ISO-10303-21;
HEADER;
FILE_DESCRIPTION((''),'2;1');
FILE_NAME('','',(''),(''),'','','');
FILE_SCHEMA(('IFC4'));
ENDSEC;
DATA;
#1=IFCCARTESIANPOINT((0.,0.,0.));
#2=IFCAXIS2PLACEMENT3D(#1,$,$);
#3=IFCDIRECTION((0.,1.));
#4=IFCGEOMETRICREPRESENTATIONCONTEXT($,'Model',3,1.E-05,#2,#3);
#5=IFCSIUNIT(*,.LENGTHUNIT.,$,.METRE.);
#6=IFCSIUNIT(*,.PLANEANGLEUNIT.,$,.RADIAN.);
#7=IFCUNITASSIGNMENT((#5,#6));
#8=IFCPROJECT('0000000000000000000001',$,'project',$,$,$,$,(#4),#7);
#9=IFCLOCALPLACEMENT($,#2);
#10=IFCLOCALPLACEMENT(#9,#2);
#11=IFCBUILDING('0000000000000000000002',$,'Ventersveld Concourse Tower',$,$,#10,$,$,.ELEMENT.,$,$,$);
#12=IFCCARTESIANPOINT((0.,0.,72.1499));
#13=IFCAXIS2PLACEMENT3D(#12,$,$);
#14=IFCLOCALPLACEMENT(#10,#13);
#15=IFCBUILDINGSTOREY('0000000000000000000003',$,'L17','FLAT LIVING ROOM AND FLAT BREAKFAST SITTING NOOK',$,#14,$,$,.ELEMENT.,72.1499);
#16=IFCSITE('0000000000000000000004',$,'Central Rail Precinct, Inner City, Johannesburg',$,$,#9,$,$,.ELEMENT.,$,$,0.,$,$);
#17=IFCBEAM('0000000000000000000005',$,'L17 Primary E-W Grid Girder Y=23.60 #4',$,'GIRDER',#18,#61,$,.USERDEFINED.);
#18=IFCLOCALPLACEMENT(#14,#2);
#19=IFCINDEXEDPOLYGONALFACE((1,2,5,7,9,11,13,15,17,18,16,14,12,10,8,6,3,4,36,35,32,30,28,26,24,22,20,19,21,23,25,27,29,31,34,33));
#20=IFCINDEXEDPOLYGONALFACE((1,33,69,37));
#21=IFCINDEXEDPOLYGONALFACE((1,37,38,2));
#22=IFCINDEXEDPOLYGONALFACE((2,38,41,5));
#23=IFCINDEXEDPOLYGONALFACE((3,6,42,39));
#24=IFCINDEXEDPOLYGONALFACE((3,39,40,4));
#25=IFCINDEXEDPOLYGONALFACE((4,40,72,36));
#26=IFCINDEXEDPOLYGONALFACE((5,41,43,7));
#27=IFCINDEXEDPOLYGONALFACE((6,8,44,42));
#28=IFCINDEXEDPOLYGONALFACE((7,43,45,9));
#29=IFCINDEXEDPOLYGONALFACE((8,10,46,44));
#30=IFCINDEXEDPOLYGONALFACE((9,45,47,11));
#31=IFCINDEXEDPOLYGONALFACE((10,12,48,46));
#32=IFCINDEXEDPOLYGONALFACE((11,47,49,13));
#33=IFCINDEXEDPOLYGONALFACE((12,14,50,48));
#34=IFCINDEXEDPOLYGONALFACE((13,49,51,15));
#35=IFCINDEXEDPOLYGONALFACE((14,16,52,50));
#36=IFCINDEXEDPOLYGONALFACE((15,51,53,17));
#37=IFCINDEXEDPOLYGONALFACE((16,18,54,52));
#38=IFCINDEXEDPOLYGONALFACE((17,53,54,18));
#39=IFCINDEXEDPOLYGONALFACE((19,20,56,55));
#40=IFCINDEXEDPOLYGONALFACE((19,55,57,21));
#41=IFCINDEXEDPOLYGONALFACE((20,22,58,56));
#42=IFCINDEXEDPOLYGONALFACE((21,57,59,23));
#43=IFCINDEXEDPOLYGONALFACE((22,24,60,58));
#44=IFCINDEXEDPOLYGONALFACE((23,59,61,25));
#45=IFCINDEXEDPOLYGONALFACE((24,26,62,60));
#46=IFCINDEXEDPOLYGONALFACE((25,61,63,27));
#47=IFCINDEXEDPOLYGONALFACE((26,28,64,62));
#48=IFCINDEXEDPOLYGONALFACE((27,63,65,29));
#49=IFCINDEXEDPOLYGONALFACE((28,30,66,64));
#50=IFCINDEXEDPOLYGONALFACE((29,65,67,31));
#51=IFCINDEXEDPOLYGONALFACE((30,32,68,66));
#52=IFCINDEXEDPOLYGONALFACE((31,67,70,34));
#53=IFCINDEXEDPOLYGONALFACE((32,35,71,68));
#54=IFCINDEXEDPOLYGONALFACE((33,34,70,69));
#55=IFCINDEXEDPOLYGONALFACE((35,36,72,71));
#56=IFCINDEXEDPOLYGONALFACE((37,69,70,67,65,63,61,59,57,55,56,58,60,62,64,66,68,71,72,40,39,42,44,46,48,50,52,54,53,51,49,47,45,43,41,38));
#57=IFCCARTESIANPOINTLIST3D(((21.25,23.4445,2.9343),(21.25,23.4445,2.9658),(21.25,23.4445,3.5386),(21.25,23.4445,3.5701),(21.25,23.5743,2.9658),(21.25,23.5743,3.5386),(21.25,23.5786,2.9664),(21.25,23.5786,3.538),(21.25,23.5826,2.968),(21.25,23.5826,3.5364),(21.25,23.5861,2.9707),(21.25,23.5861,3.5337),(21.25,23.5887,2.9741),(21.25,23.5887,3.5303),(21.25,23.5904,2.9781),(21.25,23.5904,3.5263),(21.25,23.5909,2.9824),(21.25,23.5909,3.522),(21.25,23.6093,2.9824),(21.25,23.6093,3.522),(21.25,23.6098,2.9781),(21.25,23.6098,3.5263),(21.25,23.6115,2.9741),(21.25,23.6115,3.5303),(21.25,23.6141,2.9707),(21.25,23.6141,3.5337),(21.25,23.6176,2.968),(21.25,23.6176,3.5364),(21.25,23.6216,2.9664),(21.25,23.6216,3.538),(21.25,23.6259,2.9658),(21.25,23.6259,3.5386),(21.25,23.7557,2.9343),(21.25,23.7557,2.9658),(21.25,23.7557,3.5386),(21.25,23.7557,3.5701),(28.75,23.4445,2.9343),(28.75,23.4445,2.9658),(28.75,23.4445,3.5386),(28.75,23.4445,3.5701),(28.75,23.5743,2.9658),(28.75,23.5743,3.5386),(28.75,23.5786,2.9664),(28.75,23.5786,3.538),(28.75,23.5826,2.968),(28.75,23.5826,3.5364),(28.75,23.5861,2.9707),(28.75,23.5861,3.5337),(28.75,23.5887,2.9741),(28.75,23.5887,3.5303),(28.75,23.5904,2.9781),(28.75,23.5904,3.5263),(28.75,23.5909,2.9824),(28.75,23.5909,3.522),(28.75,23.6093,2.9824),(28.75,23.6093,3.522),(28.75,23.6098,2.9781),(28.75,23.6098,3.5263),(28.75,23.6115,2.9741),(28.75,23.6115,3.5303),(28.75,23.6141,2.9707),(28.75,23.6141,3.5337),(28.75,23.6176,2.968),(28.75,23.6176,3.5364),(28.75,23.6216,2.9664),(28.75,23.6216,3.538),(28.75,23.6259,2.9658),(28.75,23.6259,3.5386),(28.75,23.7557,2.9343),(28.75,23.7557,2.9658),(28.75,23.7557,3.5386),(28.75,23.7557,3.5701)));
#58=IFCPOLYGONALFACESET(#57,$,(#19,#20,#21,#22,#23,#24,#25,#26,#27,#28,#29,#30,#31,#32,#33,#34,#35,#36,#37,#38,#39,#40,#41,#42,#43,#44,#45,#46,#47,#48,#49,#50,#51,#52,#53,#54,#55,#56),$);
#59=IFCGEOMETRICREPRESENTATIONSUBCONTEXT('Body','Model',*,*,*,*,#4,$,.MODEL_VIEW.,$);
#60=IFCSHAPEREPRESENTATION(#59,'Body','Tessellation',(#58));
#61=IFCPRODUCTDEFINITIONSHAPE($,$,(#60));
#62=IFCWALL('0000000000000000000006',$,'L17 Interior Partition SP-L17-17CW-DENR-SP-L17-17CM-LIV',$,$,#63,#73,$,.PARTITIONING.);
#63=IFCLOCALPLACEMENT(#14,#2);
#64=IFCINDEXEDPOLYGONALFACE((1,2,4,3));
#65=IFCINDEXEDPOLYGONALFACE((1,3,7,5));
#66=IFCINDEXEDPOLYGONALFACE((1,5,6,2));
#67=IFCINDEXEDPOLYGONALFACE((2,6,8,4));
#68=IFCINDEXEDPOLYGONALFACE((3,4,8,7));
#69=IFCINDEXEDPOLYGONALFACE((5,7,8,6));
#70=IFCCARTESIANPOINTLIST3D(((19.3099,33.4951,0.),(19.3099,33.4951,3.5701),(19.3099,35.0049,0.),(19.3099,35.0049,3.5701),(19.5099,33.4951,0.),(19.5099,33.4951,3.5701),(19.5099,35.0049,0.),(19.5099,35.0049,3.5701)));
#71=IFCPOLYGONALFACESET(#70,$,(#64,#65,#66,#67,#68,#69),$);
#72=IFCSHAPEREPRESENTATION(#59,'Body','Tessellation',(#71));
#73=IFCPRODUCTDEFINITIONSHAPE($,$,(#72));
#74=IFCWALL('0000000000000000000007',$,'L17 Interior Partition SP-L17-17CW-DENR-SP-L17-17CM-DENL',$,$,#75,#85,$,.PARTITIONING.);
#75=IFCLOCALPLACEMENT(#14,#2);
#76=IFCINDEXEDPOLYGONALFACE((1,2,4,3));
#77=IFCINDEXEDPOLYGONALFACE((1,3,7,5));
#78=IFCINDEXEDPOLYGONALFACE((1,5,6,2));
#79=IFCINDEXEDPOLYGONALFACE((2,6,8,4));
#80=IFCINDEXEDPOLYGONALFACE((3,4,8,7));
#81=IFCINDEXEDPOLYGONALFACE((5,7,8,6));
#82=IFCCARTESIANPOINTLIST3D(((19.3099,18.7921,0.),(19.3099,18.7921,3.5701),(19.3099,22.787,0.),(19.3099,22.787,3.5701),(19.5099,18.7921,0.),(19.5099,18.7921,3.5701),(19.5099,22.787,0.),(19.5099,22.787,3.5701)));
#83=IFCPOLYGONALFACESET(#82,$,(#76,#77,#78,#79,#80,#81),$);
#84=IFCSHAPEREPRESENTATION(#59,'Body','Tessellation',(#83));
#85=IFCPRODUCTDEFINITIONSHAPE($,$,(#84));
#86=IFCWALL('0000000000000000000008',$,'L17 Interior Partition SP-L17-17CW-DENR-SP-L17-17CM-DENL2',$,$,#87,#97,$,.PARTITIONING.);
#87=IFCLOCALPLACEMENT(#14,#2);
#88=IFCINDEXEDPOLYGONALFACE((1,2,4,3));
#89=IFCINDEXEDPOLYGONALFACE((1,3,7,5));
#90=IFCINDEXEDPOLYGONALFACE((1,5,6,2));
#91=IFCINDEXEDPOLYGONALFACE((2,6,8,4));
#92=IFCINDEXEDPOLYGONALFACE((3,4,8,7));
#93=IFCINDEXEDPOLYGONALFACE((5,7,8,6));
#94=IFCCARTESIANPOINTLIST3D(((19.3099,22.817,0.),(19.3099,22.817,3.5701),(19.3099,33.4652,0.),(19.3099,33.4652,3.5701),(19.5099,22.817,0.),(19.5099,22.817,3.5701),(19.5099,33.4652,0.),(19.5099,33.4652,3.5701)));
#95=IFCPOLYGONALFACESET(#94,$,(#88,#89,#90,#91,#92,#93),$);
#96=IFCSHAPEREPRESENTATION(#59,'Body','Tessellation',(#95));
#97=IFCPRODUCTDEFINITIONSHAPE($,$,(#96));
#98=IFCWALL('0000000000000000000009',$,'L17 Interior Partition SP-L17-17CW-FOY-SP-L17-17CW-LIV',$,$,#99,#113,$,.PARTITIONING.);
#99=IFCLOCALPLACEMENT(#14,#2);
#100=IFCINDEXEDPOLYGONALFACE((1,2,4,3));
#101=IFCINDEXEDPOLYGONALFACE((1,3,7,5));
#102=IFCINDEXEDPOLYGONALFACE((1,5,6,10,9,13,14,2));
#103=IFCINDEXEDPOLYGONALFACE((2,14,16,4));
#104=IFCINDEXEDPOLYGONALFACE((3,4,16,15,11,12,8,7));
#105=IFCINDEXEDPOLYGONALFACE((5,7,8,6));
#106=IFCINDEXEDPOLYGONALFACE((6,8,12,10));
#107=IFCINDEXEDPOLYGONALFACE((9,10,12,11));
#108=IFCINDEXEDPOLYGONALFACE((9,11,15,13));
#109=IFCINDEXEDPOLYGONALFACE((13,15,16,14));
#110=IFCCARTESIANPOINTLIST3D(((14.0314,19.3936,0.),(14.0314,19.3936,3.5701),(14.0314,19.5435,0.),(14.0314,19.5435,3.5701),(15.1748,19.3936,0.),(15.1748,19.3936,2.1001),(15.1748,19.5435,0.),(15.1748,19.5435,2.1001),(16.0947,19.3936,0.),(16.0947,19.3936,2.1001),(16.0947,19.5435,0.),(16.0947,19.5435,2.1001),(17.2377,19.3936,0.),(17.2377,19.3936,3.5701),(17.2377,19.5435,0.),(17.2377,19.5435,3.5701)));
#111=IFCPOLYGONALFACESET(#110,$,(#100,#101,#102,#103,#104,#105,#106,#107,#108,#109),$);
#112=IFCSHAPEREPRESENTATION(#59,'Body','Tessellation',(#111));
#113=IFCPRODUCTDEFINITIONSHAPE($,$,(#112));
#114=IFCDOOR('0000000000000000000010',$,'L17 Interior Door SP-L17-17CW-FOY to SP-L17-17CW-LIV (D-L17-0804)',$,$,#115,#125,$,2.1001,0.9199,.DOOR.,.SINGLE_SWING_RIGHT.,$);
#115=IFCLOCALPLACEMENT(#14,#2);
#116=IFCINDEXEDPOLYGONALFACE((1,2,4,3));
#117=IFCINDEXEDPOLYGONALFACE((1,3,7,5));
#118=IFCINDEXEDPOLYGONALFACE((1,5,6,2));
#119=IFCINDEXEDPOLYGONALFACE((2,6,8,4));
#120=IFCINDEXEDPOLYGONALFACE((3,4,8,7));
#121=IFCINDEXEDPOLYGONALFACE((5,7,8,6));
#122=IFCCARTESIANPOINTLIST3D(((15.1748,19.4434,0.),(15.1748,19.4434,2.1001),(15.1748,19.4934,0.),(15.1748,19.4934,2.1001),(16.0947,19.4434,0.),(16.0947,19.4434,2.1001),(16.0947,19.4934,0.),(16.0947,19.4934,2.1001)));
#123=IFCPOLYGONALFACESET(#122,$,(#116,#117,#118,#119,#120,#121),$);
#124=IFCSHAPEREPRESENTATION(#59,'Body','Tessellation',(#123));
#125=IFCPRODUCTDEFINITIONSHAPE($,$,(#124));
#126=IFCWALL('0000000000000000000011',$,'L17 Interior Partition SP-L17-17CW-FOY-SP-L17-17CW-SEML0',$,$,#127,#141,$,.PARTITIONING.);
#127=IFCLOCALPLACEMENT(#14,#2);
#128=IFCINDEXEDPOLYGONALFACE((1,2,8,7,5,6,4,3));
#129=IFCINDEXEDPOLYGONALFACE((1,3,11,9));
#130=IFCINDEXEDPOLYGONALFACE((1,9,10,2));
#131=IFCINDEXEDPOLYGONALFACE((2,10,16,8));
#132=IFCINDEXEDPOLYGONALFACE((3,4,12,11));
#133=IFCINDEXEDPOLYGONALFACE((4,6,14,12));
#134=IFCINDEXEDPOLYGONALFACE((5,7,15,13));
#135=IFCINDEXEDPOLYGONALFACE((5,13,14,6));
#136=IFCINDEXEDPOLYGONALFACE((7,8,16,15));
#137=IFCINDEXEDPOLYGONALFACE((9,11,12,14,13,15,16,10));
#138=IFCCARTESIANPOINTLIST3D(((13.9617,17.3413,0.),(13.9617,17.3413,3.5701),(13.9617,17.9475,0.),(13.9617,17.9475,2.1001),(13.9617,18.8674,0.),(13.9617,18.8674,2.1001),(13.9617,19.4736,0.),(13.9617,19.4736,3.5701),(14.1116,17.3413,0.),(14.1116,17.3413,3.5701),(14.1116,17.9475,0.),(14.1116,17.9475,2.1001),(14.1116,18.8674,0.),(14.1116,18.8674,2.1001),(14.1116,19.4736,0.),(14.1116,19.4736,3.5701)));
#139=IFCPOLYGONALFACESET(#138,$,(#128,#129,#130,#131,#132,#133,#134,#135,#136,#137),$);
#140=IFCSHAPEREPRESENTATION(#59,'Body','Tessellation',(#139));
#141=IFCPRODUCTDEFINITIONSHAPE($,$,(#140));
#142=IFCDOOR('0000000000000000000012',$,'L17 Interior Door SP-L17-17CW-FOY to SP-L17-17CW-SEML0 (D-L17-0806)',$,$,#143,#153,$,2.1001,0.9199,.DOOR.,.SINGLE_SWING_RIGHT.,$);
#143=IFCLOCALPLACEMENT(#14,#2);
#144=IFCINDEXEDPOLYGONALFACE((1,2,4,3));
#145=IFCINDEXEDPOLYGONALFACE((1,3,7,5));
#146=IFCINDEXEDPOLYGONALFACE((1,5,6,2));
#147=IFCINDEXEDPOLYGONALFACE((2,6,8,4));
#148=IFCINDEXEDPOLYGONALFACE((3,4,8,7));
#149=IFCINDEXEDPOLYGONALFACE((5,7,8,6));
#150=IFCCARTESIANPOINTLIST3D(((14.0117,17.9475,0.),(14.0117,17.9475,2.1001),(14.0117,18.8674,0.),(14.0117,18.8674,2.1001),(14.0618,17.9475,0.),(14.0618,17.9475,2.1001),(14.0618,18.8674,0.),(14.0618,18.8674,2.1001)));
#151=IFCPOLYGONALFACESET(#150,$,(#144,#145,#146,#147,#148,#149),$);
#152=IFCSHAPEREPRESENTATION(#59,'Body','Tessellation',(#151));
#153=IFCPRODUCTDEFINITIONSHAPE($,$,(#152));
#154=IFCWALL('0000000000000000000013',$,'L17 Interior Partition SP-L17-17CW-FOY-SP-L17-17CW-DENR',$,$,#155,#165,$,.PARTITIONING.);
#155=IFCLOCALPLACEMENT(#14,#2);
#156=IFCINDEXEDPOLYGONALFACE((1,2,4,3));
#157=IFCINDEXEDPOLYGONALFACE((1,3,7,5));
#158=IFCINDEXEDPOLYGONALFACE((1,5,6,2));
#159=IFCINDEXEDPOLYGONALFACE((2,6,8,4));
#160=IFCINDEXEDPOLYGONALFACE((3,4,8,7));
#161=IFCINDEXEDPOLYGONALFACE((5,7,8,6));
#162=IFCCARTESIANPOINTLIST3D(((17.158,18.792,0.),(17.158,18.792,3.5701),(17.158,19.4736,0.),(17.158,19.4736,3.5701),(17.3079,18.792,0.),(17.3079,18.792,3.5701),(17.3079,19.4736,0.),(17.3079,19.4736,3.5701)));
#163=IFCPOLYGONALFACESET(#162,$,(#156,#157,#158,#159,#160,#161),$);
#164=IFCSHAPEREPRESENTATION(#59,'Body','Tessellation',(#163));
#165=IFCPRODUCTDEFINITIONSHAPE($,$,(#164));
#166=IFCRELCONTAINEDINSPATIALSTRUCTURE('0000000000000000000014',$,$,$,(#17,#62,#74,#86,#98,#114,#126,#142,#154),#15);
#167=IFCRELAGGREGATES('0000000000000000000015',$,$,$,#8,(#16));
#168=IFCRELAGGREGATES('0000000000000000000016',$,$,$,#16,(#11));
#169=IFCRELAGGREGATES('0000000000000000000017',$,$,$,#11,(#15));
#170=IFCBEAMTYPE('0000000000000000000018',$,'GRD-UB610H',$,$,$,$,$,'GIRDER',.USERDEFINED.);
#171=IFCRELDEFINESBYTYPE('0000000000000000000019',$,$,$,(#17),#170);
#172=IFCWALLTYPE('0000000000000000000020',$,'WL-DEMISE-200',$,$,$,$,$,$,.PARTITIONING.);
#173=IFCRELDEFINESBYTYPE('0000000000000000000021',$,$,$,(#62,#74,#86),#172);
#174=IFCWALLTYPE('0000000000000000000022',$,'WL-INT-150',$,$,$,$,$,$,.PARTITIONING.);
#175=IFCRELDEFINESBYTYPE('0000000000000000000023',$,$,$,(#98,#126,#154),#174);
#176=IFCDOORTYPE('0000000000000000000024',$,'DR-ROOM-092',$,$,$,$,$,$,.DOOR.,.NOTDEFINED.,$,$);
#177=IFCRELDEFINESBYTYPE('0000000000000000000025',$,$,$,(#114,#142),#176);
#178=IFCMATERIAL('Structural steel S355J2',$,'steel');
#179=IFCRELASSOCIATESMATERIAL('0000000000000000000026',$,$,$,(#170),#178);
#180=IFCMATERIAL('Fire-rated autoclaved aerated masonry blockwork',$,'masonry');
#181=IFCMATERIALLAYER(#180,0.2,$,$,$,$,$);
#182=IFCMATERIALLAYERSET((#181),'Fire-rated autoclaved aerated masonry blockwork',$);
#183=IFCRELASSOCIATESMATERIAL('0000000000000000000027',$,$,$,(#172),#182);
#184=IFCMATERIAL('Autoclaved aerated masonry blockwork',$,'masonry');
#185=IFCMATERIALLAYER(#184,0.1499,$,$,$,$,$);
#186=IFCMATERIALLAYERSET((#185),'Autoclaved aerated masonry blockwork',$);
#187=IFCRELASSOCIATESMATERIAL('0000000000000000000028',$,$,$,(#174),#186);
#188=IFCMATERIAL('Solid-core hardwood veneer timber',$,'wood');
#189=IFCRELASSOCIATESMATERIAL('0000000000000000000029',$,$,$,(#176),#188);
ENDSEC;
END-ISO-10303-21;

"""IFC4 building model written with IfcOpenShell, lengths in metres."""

from ifc_helpers import new_model, si_unit, direction, frame, frame_2d, origin, origin_2d, place, context, subcontext, project, spatial, rectangle, i_section, extrude, material, layer, layer_set, material_profile, profile_set, type_object, element, fill, save


model = new_model("IFC4")

# Units and contexts
model_context = context("Model", 3, precision=1e-05, world=origin(), true_north=direction((0.0, 1.0)))
body_context = subcontext(model_context, "Body", "Model", "MODEL_VIEW")
ifc_project = project(units=[si_unit("LENGTHUNIT", "METRE"), si_unit("PLANEANGLEUNIT", "RADIAN")], contexts=[model_context])

# Site, building, storey
site_placement = place(None, origin())
site = spatial("IfcSite", under=ifc_project, at=site_placement, Name="Central Rail Precinct, Inner City, Johannesburg", CompositionType="ELEMENT", RefElevation=0.0)
building_placement = place(site_placement, origin())
building = spatial("IfcBuilding", under=site, at=building_placement, Name="Ventersveld Concourse Tower", CompositionType="ELEMENT")
storey_placement = place(building_placement, frame((0.0, 0.0, 72.1499)))
storey = spatial("IfcBuildingStorey", under=building, at=storey_placement, Name="L17", Description="FLAT LIVING ROOM AND FLAT BREAKFAST SITTING NOOK", CompositionType="ELEMENT", Elevation=72.1499)

# Beam
ifc_material_1 = material(Name="Structural steel S355J2", Category="steel")
ifc_material_profile_1 = material_profile(ifc_material_1, i_section(OverallWidth=0.3113, OverallDepth=0.6357, WebThickness=0.0183, FlangeThickness=0.0315, FilletRadius=0.0166, at=origin_2d()), Name="UB 610x305x238")
ifc_profile_set_1 = profile_set([ifc_material_profile_1], Name="Structural steel S355J2")
beam_type_1 = type_object("IfcBeamType", Name="GRD-UB610H", ElementType="GIRDER", PredefinedType="USERDEFINED", material=ifc_profile_set_1)
for number, where, z_axis, x_axis, name in (
    (1, (21.25, 23.6001, 3.2522), (1.0, 0.0, 0.0), (0.0, 1.0, 0.0), "L17 Primary E-W Grid Girder Y=23.60 #4"),
):
    element("IfcBeam", number, at=place(storey_placement, frame(where, z_axis=z_axis, x_axis=x_axis)), inside=storey, type_object=beam_type_1, Name=name, ObjectType="GIRDER", PredefinedType="USERDEFINED", context=body_context, shape_type="SweptSolid", body=[
        extrude(i_section(OverallWidth=0.3113, OverallDepth=0.6357, WebThickness=0.0183, FlangeThickness=0.0315, FilletRadius=0.0166, at=origin_2d()), origin(), (0.0, 0.0, 1.0), 7.5),
    ])

# Walls
ifc_material_2 = material(Name="Fire-rated autoclaved aerated masonry blockwork", Category="masonry")
ifc_layer_1 = layer(ifc_material_2, 0.2)
ifc_layer_set_1 = layer_set([ifc_layer_1], Name="Fire-rated autoclaved aerated masonry blockwork")
wall_type_1 = type_object("IfcWallType", Name="WL-DEMISE-200", PredefinedType="PARTITIONING", material=ifc_layer_set_1)
wall_1_placement = place(storey_placement, frame((19.4099, 33.4951, 0.0), z_axis=(0.0, 0.0, 1.0), x_axis=(0.0, 1.0, 0.0)))
element("IfcWall", 2, at=wall_1_placement, inside=storey, type_object=wall_type_1, Name="L17 Interior Partition SP-L17-17CW-DENR-SP-L17-17CM-LIV", PredefinedType="PARTITIONING", context=body_context, shape_type="SweptSolid", body=[
    extrude(rectangle(XDim=1.5098, YDim=0.2, at=frame_2d((0.7549, 0.0))), origin(), (0.0, 0.0, 1.0), 3.5701),
])
wall_2_placement = place(storey_placement, frame((19.4099, 18.792, 0.0), z_axis=(0.0, 0.0, 1.0), x_axis=(0.0, 1.0, 0.0)))
element("IfcWall", 3, at=wall_2_placement, inside=storey, type_object=wall_type_1, Name="L17 Interior Partition SP-L17-17CW-DENR-SP-L17-17CM-DENL", PredefinedType="PARTITIONING", context=body_context, shape_type="SweptSolid", body=[
    extrude(rectangle(XDim=3.9949, YDim=0.2, at=frame_2d((1.9976, 0.0))), origin(), (0.0, 0.0, 1.0), 3.5701),
])
wall_3_placement = place(storey_placement, frame((19.4099, 22.8169, 0.0), z_axis=(0.0, 0.0, 1.0), x_axis=(0.0, 1.0, 0.0)))
element("IfcWall", 4, at=wall_3_placement, inside=storey, type_object=wall_type_1, Name="L17 Interior Partition SP-L17-17CW-DENR-SP-L17-17CM-DENL2", PredefinedType="PARTITIONING", context=body_context, shape_type="SweptSolid", body=[
    extrude(rectangle(XDim=10.6482, YDim=0.2, at=frame_2d((5.3242, 0.0))), origin(), (0.0, 0.0, 1.0), 3.5701),
])

# Walls, openings, doors
ifc_material_3 = material(Name="Autoclaved aerated masonry blockwork", Category="masonry")
ifc_layer_2 = layer(ifc_material_3, 0.1499)
ifc_layer_set_2 = layer_set([ifc_layer_2], Name="Autoclaved aerated masonry blockwork")
wall_type_2 = type_object("IfcWallType", Name="WL-INT-150", PredefinedType="PARTITIONING", material=ifc_layer_set_2)
wall_4_placement = place(storey_placement, frame((14.0315, 19.4685, 0.0), z_axis=(0.0, 0.0, 1.0), x_axis=(1.0, 0.0, 0.0)))
wall_4 = element("IfcWall", 5, at=wall_4_placement, inside=storey, type_object=wall_type_2, Name="L17 Interior Partition SP-L17-17CW-FOY-SP-L17-17CW-LIV", PredefinedType="PARTITIONING", context=body_context, shape_type="SweptSolid", body=[
    extrude(rectangle(XDim=3.2063, YDim=0.1499, at=frame_2d((1.603, 0.0))), origin(), (0.0, 0.0, 1.0), 3.5701),
])
opening_1_placement = place(wall_4_placement, frame((1.1433, 0.0, 0.0)))
opening_1 = element("IfcOpeningElement", 6, at=opening_1_placement, cuts=wall_4, PredefinedType="OPENING", context=body_context, shape_type="SweptSolid", body=[
    extrude(rectangle(XDim=0.9199, YDim=2.1001, at=frame_2d((0.46, 1.05))), frame((0.0, 0.085, 0.0), z_axis=(0.0, -1.0, 0.0), x_axis=(1.0, 0.0, 0.0)), (0.0, 0.0, 1.0), 0.1699),
])
ifc_material_4 = material(Name="Solid-core hardwood veneer timber", Category="wood")
door_type = type_object("IfcDoorType", Name="DR-ROOM-092", OperationType="NOTDEFINED", PredefinedType="DOOR", material=ifc_material_4)
door_1_placement = place(opening_1_placement, origin())
door_1 = element("IfcDoor", 7, at=door_1_placement, inside=storey, type_object=door_type, Name="L17 Interior Door SP-L17-17CW-FOY to SP-L17-17CW-LIV (D-L17-0804)", OperationType="SINGLE_SWING_RIGHT", OverallHeight=2.1001, OverallWidth=0.9199, PredefinedType="DOOR", context=body_context, shape_type="SweptSolid", body=[
    extrude(rectangle(XDim=0.9199, YDim=2.1001, at=frame_2d((0.46, 1.05))), frame((0.0, 0.0249, 0.0), z_axis=(0.0, -1.0, 0.0), x_axis=(1.0, 0.0, 0.0)), (0.0, 0.0, 1.0), 0.05),
])
fill(opening_1, door_1)
wall_5_placement = place(storey_placement, frame((14.0366, 17.3413, 0.0), z_axis=(0.0, 0.0, 1.0), x_axis=(0.0, 1.0, 0.0)))
wall_5 = element("IfcWall", 8, at=wall_5_placement, inside=storey, type_object=wall_type_2, Name="L17 Interior Partition SP-L17-17CW-FOY-SP-L17-17CW-SEML0", PredefinedType="PARTITIONING", context=body_context, shape_type="SweptSolid", body=[
    extrude(rectangle(XDim=2.1323, YDim=0.1499, at=frame_2d((1.0662, 0.0))), origin(), (0.0, 0.0, 1.0), 3.5701),
])
opening_2_placement = place(wall_5_placement, frame((0.6062, 0.0, 0.0)))
opening_2 = element("IfcOpeningElement", 9, at=opening_2_placement, cuts=wall_5, PredefinedType="OPENING", context=body_context, shape_type="SweptSolid", body=[
    extrude(rectangle(XDim=0.9199, YDim=2.1001, at=frame_2d((0.46, 1.05))), frame((0.0, 0.085, 0.0), z_axis=(0.0, -1.0, 0.0), x_axis=(1.0, 0.0, 0.0)), (0.0, 0.0, 1.0), 0.1699),
])
door_2_placement = place(opening_2_placement, origin())
door_2 = element("IfcDoor", 10, at=door_2_placement, inside=storey, type_object=door_type, Name="L17 Interior Door SP-L17-17CW-FOY to SP-L17-17CW-SEML0 (D-L17-0806)", OperationType="SINGLE_SWING_RIGHT", OverallHeight=2.1001, OverallWidth=0.9199, PredefinedType="DOOR", context=body_context, shape_type="SweptSolid", body=[
    extrude(rectangle(XDim=0.9199, YDim=2.1001, at=frame_2d((0.46, 1.05))), frame((0.0, 0.0249, 0.0), z_axis=(0.0, -1.0, 0.0), x_axis=(1.0, 0.0, 0.0)), (0.0, 0.0, 1.0), 0.05),
])
fill(opening_2, door_2)

# Wall
wall_6_placement = place(storey_placement, frame((17.2329, 18.792, 0.0), z_axis=(0.0, 0.0, 1.0), x_axis=(0.0, 1.0, 0.0)))
element("IfcWall", 11, at=wall_6_placement, inside=storey, type_object=wall_type_2, Name="L17 Interior Partition SP-L17-17CW-FOY-SP-L17-17CW-DENR", PredefinedType="PARTITIONING", context=body_context, shape_type="SweptSolid", body=[
    extrude(rectangle(XDim=0.6816, YDim=0.1499, at=frame_2d((0.3408, 0.0))), origin(), (0.0, 0.0, 1.0), 3.5701),
])

save(model, "model.ifc")
